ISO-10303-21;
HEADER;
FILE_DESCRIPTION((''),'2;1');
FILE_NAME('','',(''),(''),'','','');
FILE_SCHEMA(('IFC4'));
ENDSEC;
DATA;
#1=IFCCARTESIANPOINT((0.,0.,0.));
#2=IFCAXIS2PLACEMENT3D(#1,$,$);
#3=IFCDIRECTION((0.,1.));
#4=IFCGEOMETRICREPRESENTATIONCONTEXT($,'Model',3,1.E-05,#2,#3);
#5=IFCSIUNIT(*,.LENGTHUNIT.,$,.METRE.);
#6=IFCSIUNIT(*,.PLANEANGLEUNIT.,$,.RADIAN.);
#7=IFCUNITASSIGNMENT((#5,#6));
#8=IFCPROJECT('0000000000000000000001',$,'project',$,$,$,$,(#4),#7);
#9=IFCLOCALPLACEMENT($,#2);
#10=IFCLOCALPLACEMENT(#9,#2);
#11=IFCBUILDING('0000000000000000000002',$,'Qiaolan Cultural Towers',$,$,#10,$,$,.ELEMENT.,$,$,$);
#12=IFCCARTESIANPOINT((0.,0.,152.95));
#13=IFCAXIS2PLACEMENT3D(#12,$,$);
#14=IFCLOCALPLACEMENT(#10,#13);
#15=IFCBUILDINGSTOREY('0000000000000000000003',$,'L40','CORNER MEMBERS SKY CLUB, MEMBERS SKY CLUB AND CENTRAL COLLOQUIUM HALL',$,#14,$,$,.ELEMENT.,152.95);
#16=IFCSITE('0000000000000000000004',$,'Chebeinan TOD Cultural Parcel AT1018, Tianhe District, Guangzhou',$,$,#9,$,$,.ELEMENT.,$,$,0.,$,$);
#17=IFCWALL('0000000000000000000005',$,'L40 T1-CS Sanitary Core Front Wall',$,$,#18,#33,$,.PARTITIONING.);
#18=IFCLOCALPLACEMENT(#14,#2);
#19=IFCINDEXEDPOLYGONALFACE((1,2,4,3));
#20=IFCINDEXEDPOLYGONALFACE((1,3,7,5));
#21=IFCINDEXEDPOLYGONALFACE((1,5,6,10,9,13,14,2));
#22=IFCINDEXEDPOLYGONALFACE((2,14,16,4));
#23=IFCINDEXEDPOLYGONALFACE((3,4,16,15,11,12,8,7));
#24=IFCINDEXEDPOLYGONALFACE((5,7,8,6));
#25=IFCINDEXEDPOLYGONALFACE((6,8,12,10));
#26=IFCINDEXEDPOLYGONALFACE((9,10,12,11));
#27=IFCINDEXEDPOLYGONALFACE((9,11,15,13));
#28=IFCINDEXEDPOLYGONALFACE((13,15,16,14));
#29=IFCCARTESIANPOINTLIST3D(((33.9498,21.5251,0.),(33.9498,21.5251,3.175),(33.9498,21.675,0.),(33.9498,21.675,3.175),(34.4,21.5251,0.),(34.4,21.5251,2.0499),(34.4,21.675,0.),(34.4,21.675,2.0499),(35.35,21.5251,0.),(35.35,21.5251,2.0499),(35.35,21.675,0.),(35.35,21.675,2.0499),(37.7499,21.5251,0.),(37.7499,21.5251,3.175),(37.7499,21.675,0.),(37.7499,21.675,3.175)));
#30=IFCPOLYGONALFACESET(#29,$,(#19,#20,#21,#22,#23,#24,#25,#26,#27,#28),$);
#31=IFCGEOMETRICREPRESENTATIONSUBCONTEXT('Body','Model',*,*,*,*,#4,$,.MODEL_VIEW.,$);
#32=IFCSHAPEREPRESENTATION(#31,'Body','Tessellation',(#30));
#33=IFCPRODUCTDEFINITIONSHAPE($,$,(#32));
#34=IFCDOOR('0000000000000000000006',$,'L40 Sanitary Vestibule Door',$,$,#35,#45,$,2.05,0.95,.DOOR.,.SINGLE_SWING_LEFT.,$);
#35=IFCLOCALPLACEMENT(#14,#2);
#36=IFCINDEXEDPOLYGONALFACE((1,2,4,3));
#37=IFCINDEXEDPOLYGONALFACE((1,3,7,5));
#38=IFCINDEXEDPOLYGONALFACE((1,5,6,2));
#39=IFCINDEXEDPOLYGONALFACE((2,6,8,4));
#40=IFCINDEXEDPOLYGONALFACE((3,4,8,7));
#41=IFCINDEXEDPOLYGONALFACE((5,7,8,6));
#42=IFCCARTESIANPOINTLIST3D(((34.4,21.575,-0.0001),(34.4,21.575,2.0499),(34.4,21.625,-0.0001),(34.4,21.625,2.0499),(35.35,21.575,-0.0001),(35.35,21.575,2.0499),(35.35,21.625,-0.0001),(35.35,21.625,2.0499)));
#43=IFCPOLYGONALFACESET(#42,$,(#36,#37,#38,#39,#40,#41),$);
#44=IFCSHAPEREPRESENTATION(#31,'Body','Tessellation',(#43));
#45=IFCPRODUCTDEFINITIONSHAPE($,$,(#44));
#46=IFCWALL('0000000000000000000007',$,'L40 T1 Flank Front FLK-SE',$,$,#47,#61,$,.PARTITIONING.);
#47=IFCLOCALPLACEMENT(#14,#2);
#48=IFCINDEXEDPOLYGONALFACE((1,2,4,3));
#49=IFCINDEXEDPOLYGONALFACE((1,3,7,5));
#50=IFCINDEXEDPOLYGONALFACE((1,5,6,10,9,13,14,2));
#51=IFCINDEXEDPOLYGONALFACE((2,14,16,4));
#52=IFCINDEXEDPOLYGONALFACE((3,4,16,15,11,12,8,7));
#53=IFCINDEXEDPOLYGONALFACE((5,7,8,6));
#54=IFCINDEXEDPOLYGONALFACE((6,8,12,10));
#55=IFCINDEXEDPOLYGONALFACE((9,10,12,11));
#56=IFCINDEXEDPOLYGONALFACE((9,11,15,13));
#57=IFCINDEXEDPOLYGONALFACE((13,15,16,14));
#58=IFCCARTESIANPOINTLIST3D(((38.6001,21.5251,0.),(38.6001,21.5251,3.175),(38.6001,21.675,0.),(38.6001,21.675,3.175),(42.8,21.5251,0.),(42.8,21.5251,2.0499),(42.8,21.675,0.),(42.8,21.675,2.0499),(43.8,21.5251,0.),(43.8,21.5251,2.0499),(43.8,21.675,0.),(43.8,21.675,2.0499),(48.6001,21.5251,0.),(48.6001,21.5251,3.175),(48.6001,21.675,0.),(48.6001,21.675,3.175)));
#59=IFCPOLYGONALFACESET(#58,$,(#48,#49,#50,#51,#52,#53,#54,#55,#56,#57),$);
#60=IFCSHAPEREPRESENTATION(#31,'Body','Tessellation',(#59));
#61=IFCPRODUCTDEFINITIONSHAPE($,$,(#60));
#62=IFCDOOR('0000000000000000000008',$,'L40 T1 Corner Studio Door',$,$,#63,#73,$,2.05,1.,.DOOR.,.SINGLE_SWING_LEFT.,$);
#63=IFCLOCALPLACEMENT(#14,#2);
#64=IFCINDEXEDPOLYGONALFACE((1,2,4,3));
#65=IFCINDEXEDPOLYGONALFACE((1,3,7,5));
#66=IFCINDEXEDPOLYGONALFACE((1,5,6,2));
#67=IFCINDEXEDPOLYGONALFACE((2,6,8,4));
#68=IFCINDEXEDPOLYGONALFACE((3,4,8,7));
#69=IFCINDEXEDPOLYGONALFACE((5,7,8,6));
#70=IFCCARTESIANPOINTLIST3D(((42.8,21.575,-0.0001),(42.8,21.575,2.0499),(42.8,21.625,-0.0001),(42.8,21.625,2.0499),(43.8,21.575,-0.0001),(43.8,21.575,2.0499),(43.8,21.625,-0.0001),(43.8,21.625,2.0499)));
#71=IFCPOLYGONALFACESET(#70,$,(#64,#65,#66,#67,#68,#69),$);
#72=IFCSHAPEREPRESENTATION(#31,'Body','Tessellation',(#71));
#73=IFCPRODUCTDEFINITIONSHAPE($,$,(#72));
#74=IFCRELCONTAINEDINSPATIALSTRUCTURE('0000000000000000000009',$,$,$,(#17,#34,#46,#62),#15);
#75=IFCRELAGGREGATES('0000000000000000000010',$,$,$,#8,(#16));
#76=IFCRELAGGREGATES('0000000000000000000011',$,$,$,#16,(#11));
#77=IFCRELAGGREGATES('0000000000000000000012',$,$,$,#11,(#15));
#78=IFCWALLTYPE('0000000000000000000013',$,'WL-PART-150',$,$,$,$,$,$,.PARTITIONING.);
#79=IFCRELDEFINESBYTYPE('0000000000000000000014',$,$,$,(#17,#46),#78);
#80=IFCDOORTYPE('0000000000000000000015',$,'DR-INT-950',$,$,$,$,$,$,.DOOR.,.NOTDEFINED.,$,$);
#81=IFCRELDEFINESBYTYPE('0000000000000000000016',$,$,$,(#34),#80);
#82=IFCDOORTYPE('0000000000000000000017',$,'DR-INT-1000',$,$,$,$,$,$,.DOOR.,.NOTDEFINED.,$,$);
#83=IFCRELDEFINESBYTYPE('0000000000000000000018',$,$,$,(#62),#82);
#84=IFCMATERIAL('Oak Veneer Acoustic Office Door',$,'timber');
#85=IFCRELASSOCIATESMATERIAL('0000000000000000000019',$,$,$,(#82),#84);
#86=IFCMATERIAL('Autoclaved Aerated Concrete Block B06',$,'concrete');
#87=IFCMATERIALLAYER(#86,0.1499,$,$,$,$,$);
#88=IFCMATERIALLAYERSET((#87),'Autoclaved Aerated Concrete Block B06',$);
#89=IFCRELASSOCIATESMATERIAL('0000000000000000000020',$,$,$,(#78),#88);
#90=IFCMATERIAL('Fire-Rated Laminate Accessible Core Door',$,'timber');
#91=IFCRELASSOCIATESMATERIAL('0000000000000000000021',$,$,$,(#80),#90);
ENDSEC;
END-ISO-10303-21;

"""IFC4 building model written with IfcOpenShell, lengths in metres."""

from ifc_helpers import new_model, si_unit, direction, frame, frame_2d, origin, place, context, subcontext, project, spatial, rectangle, extrude, material, layer, layer_set, type_object, element, fill, save


model = new_model("IFC4")

# Units and contexts
model_context = context("Model", 3, precision=1e-05, world=origin(), true_north=direction((0.0, 1.0)))
body_context = subcontext(model_context, "Body", "Model", "MODEL_VIEW")
ifc_project = project(units=[si_unit("LENGTHUNIT", "METRE"), si_unit("PLANEANGLEUNIT", "RADIAN")], contexts=[model_context])

# Site, building, storey
site_placement = place(None, origin())
site = spatial("IfcSite", under=ifc_project, at=site_placement, Name="Chebeinan TOD Cultural Parcel AT1018, Tianhe District, Guangzhou", CompositionType="ELEMENT", RefElevation=0.0)
building_placement = place(site_placement, origin())
building = spatial("IfcBuilding", under=site, at=building_placement, Name="Qiaolan Cultural Towers", CompositionType="ELEMENT")
storey_placement = place(building_placement, frame((0.0, 0.0, 152.95)))
storey = spatial("IfcBuildingStorey", under=building, at=storey_placement, Name="L40", Description="CORNER MEMBERS SKY CLUB, MEMBERS SKY CLUB AND CENTRAL COLLOQUIUM HALL", CompositionType="ELEMENT", Elevation=152.95)

# Shared definitions
ifc_material_1 = material(Name="Oak Veneer Acoustic Office Door", Category="timber")
door_type_1 = type_object("IfcDoorType", Name="DR-INT-1000", OperationType="NOTDEFINED", PredefinedType="DOOR", material=ifc_material_1)

# Walls, openings, doors
ifc_material_2 = material(Name="Autoclaved Aerated Concrete Block B06", Category="concrete")
ifc_layer_1 = layer(ifc_material_2, 0.1499)
ifc_layer_set_1 = layer_set([ifc_layer_1], Name="Autoclaved Aerated Concrete Block B06")
wall_type_1 = type_object("IfcWallType", Name="WL-PART-150", PredefinedType="PARTITIONING", material=ifc_layer_set_1)
wall_1_placement = place(storey_placement, frame((33.95, 21.6001, 0.0), z_axis=(0.0, 0.0, 1.0), x_axis=(1.0, 0.0, 0.0)))
wall_1 = element("IfcWall", 1, at=wall_1_placement, inside=storey, type_object=wall_type_1, Name="L40 T1-CS Sanitary Core Front Wall", PredefinedType="PARTITIONING", context=body_context, shape_type="SweptSolid", body=[
    extrude(rectangle(XDim=3.8, YDim=0.1499, at=frame_2d((1.8999, 0.0))), origin(), (0.0, 0.0, 1.0), 3.175),
])
opening_1_placement = place(wall_1_placement, frame((0.45, 0.0, 0.0)))
opening_1 = element("IfcOpeningElement", 2, at=opening_1_placement, cuts=wall_1, PredefinedType="OPENING", context=body_context, shape_type="SweptSolid", body=[
    extrude(rectangle(XDim=0.95, YDim=2.05, at=frame_2d((0.4751, 1.0249))), frame((0.0, 0.085, 0.0), z_axis=(0.0, -1.0, 0.0), x_axis=(1.0, 0.0, 0.0)), (0.0, 0.0, 1.0), 0.1699),
])
ifc_material_3 = material(Name="Fire-Rated Laminate Accessible Core Door", Category="timber")
door_type_2 = type_object("IfcDoorType", Name="DR-INT-950", OperationType="NOTDEFINED", PredefinedType="DOOR", material=ifc_material_3)
door_1_placement = place(opening_1_placement, origin())
door_1 = element("IfcDoor", 3, at=door_1_placement, inside=storey, type_object=door_type_2, Name="L40 Sanitary Vestibule Door", OperationType="SINGLE_SWING_LEFT", OverallHeight=2.05, OverallWidth=0.95, PredefinedType="DOOR", context=body_context, shape_type="SweptSolid", body=[
    extrude(rectangle(XDim=0.95, YDim=2.05, at=frame_2d((0.4751, 1.0249))), frame((0.0, 0.0249, 0.0), z_axis=(0.0, -1.0, 0.0), x_axis=(1.0, 0.0, 0.0)), (0.0, 0.0, 1.0), 0.05),
])
fill(opening_1, door_1)
wall_2_placement = place(storey_placement, frame((38.6001, 21.6001, 0.0), z_axis=(0.0, 0.0, 1.0), x_axis=(1.0, 0.0, 0.0)))
wall_2 = element("IfcWall", 4, at=wall_2_placement, inside=storey, type_object=wall_type_1, Name="L40 T1 Flank Front FLK-SE", PredefinedType="PARTITIONING", context=body_context, shape_type="SweptSolid", body=[
    extrude(rectangle(XDim=10.0, YDim=0.1499, at=frame_2d((5.0, 0.0))), origin(), (0.0, 0.0, 1.0), 3.175),
])
opening_2_placement = place(wall_2_placement, frame((4.2, 0.0, 0.0)))
opening_2 = element("IfcOpeningElement", 5, at=opening_2_placement, cuts=wall_2, PredefinedType="OPENING", context=body_context, shape_type="SweptSolid", body=[
    extrude(rectangle(XDim=1.0, YDim=2.05, at=frame_2d((0.5, 1.0249))), frame((0.0, 0.085, 0.0), z_axis=(0.0, -1.0, 0.0), x_axis=(1.0, 0.0, 0.0)), (0.0, 0.0, 1.0), 0.1699),
])
door_2_placement = place(opening_2_placement, origin())
door_2 = element("IfcDoor", 6, at=door_2_placement, inside=storey, type_object=door_type_1, Name="L40 T1 Corner Studio Door", OperationType="SINGLE_SWING_LEFT", OverallHeight=2.05, OverallWidth=1.0, PredefinedType="DOOR", context=body_context, shape_type="SweptSolid", body=[
    extrude(rectangle(XDim=1.0, YDim=2.05, at=frame_2d((0.5, 1.0249))), frame((0.0, 0.0249, 0.0), z_axis=(0.0, -1.0, 0.0), x_axis=(1.0, 0.0, 0.0)), (0.0, 0.0, 1.0), 0.05),
])
fill(opening_2, door_2)

save(model, "model.ifc")
